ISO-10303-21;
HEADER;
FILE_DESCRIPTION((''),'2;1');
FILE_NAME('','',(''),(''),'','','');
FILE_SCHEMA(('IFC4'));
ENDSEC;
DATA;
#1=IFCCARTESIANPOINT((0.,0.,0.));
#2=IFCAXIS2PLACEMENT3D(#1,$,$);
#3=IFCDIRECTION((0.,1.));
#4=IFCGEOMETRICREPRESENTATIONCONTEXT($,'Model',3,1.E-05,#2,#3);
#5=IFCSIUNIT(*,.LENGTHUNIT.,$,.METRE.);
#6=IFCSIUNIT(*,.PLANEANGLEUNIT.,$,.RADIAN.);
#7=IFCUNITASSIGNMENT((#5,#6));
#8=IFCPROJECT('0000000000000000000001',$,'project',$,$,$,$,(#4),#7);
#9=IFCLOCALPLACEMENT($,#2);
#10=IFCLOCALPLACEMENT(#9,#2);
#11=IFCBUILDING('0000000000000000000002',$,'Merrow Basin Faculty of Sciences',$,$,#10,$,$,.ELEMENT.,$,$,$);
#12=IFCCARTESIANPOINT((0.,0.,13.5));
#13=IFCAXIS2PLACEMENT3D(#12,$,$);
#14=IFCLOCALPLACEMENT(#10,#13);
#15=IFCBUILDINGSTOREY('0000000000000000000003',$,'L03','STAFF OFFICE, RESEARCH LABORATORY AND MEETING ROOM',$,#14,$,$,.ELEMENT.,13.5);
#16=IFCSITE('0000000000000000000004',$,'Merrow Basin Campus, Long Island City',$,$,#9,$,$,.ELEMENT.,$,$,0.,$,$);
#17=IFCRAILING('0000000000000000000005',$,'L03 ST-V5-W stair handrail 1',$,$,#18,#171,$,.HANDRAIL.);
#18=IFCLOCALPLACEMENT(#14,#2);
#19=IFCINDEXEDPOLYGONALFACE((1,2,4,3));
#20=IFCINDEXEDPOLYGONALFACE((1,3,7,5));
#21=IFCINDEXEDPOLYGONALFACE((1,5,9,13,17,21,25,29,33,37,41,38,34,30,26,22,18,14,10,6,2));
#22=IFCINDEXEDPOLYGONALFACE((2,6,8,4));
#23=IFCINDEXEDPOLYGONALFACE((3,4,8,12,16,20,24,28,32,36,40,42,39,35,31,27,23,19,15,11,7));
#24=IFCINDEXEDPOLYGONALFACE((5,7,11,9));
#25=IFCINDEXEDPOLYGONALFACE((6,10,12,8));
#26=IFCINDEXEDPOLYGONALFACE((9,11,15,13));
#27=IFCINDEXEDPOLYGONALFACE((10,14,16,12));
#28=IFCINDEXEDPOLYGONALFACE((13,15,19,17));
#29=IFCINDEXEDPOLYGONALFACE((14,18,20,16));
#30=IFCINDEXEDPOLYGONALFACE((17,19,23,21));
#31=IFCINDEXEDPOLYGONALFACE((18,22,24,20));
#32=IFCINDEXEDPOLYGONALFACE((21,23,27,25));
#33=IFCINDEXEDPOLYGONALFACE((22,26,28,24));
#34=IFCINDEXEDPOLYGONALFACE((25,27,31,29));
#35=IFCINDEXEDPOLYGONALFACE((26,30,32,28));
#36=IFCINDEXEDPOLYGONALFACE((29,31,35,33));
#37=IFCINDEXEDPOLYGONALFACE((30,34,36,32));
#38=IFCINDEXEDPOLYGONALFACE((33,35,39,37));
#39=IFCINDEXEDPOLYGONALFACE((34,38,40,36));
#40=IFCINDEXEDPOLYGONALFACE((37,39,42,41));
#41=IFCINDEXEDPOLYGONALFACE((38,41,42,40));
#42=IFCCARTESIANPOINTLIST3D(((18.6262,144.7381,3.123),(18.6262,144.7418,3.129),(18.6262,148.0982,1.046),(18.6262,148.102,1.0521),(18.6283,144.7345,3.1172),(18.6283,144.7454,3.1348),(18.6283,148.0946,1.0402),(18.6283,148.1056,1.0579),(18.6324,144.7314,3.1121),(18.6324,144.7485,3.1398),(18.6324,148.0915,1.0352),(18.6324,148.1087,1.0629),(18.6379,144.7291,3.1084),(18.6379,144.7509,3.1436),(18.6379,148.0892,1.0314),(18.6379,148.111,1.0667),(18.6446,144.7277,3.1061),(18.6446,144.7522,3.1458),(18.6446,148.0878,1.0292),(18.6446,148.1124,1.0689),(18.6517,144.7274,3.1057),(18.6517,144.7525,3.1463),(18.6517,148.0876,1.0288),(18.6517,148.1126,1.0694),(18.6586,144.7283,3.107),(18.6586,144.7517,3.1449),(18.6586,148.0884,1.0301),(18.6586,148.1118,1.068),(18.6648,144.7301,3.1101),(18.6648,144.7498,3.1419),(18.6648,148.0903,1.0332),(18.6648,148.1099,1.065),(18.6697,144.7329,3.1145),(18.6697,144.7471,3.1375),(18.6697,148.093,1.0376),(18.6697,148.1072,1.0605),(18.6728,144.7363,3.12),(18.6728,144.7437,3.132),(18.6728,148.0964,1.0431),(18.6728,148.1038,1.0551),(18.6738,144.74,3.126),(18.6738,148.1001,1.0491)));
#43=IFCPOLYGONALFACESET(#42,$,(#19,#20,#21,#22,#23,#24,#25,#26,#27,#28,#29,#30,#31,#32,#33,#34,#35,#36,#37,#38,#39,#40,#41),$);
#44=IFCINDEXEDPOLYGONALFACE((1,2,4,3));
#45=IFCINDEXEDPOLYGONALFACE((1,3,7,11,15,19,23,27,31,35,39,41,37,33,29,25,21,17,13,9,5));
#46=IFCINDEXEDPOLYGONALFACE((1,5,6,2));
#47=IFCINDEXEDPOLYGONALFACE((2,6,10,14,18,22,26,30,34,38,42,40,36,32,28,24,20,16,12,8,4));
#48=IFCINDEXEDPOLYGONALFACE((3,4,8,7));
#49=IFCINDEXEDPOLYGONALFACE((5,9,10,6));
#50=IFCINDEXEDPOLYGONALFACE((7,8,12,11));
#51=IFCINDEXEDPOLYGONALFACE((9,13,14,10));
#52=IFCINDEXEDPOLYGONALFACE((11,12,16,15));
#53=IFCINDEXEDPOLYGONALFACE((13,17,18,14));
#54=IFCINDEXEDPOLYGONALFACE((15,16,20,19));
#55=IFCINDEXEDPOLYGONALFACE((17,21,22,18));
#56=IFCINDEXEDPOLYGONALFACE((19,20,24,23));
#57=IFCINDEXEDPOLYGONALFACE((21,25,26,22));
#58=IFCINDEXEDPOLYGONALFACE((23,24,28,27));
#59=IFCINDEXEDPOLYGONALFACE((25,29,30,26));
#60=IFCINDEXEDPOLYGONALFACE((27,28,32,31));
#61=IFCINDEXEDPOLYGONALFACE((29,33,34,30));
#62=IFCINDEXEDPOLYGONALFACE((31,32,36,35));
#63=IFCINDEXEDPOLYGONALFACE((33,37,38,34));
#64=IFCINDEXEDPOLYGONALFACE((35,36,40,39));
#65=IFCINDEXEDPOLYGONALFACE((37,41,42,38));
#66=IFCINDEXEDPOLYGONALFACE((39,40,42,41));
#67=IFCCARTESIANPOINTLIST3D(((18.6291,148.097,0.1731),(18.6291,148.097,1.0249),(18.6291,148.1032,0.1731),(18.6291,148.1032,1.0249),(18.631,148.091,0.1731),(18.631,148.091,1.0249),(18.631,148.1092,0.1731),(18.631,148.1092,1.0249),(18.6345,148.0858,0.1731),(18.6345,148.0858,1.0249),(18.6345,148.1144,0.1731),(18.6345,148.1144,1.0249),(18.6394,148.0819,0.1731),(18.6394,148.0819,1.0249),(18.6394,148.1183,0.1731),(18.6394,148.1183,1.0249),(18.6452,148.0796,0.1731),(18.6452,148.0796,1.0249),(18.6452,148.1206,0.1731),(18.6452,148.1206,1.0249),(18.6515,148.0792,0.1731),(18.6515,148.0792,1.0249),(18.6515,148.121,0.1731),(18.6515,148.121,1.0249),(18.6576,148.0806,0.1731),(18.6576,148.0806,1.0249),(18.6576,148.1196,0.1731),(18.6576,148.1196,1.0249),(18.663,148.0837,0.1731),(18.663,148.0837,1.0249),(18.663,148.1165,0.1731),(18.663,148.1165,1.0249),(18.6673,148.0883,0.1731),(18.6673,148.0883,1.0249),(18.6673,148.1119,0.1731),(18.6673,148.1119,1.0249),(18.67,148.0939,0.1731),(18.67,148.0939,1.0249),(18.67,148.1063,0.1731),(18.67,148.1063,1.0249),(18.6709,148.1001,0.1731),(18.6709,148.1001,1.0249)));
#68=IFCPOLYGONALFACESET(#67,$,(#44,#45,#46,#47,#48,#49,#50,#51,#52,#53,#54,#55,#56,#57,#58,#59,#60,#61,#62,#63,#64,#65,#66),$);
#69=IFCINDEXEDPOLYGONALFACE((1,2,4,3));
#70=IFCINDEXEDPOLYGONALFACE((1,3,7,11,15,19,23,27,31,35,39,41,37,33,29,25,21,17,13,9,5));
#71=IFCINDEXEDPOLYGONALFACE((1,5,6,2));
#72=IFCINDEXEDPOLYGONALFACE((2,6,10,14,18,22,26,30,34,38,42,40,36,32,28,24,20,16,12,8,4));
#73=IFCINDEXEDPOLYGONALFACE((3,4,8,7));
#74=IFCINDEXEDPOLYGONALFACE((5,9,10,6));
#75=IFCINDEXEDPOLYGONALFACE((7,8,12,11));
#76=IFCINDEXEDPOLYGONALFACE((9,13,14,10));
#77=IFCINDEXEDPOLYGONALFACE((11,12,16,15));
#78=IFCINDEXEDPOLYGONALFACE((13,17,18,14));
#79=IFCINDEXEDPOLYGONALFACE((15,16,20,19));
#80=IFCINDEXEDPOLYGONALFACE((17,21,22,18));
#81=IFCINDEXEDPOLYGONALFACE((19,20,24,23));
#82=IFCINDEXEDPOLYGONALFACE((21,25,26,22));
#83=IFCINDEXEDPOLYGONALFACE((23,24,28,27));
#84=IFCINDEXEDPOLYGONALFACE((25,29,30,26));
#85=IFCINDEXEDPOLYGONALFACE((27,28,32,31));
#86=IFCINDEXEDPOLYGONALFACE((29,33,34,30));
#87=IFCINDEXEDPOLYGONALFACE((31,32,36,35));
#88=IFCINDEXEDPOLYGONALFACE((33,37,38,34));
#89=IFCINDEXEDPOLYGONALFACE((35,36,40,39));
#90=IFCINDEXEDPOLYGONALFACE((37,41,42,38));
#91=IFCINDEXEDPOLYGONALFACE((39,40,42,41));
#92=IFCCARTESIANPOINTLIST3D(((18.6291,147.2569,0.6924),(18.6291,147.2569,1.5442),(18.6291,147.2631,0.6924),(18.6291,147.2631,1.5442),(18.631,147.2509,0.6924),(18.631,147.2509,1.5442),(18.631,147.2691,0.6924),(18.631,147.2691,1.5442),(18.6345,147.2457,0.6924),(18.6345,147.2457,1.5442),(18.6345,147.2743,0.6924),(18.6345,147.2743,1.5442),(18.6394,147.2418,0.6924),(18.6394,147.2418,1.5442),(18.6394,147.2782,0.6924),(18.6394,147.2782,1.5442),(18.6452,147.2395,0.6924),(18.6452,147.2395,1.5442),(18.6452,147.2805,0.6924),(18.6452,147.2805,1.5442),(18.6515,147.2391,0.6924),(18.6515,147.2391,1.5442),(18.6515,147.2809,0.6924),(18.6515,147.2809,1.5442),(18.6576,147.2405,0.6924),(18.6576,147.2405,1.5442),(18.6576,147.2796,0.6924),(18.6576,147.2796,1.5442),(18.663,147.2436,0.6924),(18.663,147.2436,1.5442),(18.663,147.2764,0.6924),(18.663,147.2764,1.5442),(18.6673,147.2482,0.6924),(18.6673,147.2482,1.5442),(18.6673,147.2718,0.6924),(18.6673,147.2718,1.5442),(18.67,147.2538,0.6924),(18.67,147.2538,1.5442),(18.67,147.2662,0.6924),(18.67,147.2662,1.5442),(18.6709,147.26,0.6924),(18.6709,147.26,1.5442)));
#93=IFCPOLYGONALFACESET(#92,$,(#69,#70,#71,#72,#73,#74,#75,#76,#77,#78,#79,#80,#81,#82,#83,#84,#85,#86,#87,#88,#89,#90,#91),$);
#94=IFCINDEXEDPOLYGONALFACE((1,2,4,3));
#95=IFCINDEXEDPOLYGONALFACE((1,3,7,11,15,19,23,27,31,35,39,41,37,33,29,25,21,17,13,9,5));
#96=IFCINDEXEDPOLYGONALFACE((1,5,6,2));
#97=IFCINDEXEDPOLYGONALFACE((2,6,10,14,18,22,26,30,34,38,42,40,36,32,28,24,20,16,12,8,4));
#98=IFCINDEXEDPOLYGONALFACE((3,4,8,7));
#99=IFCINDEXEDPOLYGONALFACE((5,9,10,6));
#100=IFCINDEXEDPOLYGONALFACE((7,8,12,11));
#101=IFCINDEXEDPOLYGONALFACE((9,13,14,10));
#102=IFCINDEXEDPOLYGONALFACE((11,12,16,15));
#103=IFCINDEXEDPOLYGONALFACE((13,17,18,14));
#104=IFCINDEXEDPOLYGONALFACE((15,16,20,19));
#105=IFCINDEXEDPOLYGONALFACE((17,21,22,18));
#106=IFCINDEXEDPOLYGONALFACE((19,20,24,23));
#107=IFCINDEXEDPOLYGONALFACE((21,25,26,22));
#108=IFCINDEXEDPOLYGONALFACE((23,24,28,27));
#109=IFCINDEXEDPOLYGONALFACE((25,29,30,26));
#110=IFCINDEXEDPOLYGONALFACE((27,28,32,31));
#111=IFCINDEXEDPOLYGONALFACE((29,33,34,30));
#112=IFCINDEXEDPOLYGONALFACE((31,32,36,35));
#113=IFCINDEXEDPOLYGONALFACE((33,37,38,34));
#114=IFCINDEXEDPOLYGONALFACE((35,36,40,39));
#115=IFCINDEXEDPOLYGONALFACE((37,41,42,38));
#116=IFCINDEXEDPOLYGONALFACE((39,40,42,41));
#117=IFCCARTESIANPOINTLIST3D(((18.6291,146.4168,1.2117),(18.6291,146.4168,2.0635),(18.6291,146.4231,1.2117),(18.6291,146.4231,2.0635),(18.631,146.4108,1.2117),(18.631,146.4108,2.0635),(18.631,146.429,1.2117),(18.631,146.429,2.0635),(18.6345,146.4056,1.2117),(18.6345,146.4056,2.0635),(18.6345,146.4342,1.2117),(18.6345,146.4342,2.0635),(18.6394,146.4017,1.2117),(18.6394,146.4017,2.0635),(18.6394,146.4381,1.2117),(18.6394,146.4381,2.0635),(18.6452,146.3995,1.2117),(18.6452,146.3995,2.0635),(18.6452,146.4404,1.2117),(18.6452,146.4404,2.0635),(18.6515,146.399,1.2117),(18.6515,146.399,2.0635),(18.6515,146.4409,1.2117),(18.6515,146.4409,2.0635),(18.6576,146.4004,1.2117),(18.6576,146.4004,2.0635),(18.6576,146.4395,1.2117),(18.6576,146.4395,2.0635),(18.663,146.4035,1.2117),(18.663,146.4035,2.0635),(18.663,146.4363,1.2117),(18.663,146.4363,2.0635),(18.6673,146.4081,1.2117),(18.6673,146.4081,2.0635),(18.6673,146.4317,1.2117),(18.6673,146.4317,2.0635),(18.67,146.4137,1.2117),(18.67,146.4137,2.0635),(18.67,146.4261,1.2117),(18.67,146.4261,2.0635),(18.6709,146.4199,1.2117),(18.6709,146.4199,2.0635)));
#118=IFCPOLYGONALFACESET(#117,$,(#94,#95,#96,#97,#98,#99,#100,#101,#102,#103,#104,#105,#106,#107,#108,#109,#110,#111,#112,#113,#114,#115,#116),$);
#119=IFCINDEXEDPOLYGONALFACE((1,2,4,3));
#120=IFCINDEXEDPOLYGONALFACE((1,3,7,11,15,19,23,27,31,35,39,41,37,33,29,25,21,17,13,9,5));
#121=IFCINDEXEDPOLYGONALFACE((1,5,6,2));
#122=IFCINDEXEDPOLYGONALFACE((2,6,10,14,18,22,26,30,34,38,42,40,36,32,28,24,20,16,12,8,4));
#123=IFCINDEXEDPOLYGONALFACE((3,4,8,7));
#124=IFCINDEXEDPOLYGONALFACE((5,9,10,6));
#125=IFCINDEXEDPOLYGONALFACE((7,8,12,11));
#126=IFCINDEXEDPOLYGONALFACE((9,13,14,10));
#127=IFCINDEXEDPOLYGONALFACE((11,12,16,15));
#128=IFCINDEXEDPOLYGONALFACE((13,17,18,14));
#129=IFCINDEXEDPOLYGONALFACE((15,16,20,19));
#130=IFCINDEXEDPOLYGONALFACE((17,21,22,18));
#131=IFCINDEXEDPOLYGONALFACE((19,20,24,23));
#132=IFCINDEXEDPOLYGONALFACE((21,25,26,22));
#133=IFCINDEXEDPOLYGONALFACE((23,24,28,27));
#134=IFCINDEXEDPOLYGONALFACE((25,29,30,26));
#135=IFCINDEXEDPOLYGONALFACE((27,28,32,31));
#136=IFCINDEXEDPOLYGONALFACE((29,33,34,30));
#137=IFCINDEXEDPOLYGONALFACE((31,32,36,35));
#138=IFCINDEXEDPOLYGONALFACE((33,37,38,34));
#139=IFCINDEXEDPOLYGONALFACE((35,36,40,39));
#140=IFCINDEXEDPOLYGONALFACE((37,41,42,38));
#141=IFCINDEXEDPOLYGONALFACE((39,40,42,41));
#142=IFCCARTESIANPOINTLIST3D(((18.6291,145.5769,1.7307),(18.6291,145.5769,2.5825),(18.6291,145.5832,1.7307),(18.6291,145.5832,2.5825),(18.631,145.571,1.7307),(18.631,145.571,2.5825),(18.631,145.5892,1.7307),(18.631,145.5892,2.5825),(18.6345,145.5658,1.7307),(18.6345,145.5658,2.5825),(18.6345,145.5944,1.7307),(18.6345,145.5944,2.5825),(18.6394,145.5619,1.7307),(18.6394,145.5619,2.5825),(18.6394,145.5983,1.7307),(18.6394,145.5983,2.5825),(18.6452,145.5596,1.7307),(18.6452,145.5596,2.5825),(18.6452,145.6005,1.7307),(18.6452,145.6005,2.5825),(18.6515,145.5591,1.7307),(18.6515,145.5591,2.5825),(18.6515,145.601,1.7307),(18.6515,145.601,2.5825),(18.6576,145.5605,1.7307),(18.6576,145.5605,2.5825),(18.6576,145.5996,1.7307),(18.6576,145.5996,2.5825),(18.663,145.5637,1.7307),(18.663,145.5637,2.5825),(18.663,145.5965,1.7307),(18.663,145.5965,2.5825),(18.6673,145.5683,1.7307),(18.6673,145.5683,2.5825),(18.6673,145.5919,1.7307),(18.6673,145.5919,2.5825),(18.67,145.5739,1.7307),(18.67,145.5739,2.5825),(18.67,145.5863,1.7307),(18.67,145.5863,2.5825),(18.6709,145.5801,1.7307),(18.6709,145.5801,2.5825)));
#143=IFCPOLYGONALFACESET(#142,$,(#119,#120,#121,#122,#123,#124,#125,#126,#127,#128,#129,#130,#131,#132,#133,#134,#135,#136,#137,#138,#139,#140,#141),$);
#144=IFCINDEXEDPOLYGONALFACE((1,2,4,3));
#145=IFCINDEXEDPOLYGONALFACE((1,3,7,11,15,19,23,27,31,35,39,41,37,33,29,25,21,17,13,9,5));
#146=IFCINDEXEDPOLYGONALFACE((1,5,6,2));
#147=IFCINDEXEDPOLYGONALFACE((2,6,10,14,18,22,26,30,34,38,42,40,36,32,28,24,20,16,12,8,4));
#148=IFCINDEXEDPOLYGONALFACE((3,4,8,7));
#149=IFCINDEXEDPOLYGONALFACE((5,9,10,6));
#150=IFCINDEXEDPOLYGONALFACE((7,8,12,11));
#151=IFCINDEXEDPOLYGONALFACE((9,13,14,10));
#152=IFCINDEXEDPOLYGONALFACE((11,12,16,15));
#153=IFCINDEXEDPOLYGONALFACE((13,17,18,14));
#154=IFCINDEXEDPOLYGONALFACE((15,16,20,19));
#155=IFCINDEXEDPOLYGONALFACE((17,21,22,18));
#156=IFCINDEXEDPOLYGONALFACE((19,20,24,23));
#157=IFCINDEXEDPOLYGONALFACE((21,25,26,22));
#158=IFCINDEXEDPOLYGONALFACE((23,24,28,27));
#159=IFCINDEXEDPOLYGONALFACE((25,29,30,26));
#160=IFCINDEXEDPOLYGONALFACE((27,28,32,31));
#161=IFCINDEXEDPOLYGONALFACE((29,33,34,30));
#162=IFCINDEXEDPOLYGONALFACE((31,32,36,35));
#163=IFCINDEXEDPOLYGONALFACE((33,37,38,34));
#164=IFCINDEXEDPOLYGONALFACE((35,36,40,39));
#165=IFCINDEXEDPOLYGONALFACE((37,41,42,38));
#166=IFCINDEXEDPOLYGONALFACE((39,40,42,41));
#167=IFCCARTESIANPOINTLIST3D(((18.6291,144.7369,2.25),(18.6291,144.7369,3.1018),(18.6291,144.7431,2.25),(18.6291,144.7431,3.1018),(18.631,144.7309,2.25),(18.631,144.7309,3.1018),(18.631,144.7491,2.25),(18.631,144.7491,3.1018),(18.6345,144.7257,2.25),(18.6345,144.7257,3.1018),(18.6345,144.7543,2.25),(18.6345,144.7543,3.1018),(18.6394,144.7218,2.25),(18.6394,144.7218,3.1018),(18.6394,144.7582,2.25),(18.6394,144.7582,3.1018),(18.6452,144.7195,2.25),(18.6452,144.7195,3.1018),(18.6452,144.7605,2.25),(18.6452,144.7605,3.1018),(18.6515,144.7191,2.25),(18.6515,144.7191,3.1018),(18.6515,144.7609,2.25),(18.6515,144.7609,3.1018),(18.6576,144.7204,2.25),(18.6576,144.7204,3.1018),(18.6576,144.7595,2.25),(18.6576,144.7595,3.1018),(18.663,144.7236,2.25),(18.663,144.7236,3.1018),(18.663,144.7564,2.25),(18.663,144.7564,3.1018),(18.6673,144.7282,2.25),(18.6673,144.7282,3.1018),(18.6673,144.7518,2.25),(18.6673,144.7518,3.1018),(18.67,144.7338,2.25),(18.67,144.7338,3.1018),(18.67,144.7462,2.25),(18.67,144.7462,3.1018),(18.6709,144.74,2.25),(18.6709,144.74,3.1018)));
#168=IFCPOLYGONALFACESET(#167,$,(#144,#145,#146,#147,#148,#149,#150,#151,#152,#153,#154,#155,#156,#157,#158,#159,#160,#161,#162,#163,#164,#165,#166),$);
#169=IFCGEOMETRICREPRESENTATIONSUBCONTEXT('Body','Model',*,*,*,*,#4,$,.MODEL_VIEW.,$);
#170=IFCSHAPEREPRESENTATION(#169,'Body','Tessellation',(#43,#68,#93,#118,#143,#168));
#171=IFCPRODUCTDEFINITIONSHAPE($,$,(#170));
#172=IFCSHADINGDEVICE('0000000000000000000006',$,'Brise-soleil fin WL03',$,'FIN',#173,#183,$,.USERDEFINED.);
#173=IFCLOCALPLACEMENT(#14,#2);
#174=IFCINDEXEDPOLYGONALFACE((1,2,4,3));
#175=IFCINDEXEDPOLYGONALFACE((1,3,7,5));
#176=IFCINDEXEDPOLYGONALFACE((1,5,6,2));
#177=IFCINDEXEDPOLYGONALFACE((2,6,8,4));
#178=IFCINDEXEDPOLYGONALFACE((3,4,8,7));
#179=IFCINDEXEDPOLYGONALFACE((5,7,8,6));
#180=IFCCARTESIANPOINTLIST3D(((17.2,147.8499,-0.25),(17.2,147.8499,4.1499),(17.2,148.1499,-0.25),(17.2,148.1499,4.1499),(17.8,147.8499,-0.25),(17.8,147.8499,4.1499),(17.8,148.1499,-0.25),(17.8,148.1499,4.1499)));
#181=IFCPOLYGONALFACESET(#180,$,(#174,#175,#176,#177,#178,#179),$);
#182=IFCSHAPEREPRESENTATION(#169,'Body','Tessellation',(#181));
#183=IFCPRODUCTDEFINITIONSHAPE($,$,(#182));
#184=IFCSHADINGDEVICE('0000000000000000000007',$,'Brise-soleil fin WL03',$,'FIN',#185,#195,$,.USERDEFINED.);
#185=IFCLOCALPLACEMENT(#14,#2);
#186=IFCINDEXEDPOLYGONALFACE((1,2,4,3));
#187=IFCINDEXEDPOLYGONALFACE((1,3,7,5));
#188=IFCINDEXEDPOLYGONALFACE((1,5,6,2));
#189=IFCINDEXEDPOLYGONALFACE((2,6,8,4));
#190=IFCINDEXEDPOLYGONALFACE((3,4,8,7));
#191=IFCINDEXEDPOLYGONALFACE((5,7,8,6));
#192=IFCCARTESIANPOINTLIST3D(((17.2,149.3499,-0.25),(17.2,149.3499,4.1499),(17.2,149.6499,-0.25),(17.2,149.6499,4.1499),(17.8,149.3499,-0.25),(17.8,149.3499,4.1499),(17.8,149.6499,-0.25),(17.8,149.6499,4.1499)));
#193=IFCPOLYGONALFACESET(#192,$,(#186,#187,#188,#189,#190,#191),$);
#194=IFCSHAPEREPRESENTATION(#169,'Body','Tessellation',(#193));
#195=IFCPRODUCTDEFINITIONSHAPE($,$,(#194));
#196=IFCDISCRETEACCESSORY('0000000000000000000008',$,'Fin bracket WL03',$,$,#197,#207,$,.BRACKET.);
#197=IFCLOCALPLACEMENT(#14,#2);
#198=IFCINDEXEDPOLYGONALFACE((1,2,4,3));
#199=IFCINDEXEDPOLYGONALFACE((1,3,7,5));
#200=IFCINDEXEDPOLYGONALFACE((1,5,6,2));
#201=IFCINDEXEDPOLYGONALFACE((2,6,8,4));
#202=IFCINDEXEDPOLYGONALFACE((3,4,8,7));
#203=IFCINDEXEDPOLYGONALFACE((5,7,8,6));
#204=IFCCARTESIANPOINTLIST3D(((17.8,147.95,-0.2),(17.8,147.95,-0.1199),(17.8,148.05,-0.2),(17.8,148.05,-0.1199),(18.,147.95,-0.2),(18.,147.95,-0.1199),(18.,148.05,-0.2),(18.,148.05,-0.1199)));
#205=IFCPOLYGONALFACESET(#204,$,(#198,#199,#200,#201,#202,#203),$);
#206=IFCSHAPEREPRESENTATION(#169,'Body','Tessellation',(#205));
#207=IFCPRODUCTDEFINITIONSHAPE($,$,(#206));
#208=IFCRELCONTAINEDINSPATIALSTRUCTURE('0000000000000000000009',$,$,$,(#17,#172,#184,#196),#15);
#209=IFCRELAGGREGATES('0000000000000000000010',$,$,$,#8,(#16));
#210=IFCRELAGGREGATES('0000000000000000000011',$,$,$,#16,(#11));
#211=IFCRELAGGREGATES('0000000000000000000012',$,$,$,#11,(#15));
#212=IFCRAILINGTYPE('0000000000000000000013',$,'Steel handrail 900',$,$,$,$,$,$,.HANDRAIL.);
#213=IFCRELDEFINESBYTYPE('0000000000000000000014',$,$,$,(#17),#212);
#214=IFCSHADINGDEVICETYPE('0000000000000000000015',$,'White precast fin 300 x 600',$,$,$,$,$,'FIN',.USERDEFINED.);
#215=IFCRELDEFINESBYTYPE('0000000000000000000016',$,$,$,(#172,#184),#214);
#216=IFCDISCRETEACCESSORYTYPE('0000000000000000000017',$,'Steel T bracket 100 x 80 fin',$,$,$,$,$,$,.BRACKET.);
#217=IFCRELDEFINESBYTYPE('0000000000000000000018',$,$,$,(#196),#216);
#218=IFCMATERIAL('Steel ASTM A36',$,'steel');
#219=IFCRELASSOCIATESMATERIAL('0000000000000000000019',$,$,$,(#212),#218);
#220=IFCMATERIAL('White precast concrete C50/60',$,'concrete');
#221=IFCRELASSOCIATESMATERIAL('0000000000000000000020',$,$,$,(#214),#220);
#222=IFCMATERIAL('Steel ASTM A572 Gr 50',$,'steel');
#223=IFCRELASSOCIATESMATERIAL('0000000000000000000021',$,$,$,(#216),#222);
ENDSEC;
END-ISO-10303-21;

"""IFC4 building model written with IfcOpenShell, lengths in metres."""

from ifc_helpers import new_model, si_unit, direction, frame, origin, origin_2d, place, context, subcontext, project, spatial, polyline, circle, outline, extrude, source, transform, mapped, material, type_object, element, save


model = new_model("IFC4")

# Units and contexts
model_context = context("Model", 3, precision=1e-05, world=origin(), true_north=direction((0.0, 1.0)))
body_context = subcontext(model_context, "Body", "Model", "MODEL_VIEW")
ifc_project = project(units=[si_unit("LENGTHUNIT", "METRE"), si_unit("PLANEANGLEUNIT", "RADIAN")], contexts=[model_context])

# Site, building, storey
site_placement = place(None, origin())
site = spatial("IfcSite", under=ifc_project, at=site_placement, Name="Merrow Basin Campus, Long Island City", CompositionType="ELEMENT", RefElevation=0.0)
building_placement = place(site_placement, origin())
building = spatial("IfcBuilding", under=site, at=building_placement, Name="Merrow Basin Faculty of Sciences", CompositionType="ELEMENT")
storey_placement = place(building_placement, frame((0.0, 0.0, 13.5)))
storey = spatial("IfcBuildingStorey", under=building, at=storey_placement, Name="L03", Description="STAFF OFFICE, RESEARCH LABORATORY AND MEETING ROOM", CompositionType="ELEMENT", Elevation=13.5)

# Railing
ifc_material_1 = material(Name="Steel ASTM A36", Category="steel")
railing_type_1 = type_object("IfcRailingType", Name="Steel handrail 900", PredefinedType="HANDRAIL", material=ifc_material_1)
railing_1_placement = place(storey_placement, frame((18.6499, 148.1001, 0.1731)))
element("IfcRailing", 1, at=railing_1_placement, inside=storey, type_object=railing_type_1, Name="L03 ST-V5-W stair handrail 1", PredefinedType="HANDRAIL", context=body_context, shape_type="SweptSolid", body=[
    extrude(circle(Radius=0.0239, at=origin_2d()), frame((0.0, 0.0, 0.876), z_axis=(0.0, -0.850623, 0.525776), x_axis=(1.0, 0.0, 0.0)), (0.0, 0.0, 1.0), 3.9502),
    extrude(circle(Radius=0.021, at=origin_2d()), origin(), (0.0, 0.0, 1.0), 0.8518),
    extrude(circle(Radius=0.021, at=origin_2d()), frame((0.0, -0.8401, 0.5193)), (0.0, 0.0, 1.0), 0.8518),
    extrude(circle(Radius=0.021, at=origin_2d()), frame((0.0, -1.6802, 1.0386)), (0.0, 0.0, 1.0), 0.8518),
    extrude(circle(Radius=0.021, at=origin_2d()), frame((0.0, -2.52, 1.5576)), (0.0, 0.0, 1.0), 0.8518),
    extrude(circle(Radius=0.021, at=origin_2d()), frame((0.0, -3.3601, 2.0769)), (0.0, 0.0, 1.0), 0.8518),
])

# Shading devices
ifc_material_2 = material(Name="White precast concrete C50/60", Category="concrete")
shading_device_type = type_object("IfcShadingDeviceType", Name="White precast fin 300 x 600", ElementType="FIN", PredefinedType="USERDEFINED", material=ifc_material_2)
shared_shape_1 = source(origin(), body_context, "Body", "SweptSolid", [
    extrude(outline(polyline([(0.0, 0.0), (0.3, 0.0), (0.3, 4.3999), (0.0, 4.3999), (0.0, 0.0)])), origin(), (0.0, 0.0, 1.0), 0.6001),
])
for number, where, z_axis, x_axis, name in (
    (2, (17.8, 148.1499, -0.25), (-1.0, 0.0, 0.0), (0.0, -1.0, 0.0), "Brise-soleil fin WL03"),
    (3, (17.8, 149.6499, -0.25), (-1.0, 0.0, 0.0), (0.0, -1.0, 0.0), "Brise-soleil fin WL03"),
):
    element("IfcShadingDevice", number, at=place(storey_placement, frame(where, z_axis=z_axis, x_axis=x_axis)), inside=storey, type_object=shading_device_type, Name=name, ObjectType="FIN", PredefinedType="USERDEFINED", context=body_context, shape_type="MappedRepresentation", body=[
        mapped(shared_shape_1, transform((0.0, 0.0, 0.0), scale=1.0)),
    ])

# Discrete accessory
ifc_material_3 = material(Name="Steel ASTM A572 Gr 50", Category="steel")
discrete_accessory_type = type_object("IfcDiscreteAccessoryType", Name="Steel T bracket 100 x 80 fin", PredefinedType="BRACKET", material=ifc_material_3)
shared_shape_2 = source(origin(), body_context, "Body", "SweptSolid", [
    extrude(outline(polyline([(0.0, 0.0), (0.1001, 0.0), (0.1001, 0.0801), (0.0, 0.0801), (0.0, 0.0)])), origin(), (0.0, 0.0, 1.0), 0.2),
])
for number, where, z_axis, x_axis, name in (
    (4, (18.0, 148.05, -0.2), (-1.0, 0.0, 0.0), (0.0, -1.0, 0.0), "Fin bracket WL03"),
):
    element("IfcDiscreteAccessory", number, at=place(storey_placement, frame(where, z_axis=z_axis, x_axis=x_axis)), inside=storey, type_object=discrete_accessory_type, Name=name, PredefinedType="BRACKET", context=body_context, shape_type="MappedRepresentation", body=[
        mapped(shared_shape_2, transform((0.0, 0.0, 0.0), scale=1.0)),
    ])

save(model, "model.ifc")
